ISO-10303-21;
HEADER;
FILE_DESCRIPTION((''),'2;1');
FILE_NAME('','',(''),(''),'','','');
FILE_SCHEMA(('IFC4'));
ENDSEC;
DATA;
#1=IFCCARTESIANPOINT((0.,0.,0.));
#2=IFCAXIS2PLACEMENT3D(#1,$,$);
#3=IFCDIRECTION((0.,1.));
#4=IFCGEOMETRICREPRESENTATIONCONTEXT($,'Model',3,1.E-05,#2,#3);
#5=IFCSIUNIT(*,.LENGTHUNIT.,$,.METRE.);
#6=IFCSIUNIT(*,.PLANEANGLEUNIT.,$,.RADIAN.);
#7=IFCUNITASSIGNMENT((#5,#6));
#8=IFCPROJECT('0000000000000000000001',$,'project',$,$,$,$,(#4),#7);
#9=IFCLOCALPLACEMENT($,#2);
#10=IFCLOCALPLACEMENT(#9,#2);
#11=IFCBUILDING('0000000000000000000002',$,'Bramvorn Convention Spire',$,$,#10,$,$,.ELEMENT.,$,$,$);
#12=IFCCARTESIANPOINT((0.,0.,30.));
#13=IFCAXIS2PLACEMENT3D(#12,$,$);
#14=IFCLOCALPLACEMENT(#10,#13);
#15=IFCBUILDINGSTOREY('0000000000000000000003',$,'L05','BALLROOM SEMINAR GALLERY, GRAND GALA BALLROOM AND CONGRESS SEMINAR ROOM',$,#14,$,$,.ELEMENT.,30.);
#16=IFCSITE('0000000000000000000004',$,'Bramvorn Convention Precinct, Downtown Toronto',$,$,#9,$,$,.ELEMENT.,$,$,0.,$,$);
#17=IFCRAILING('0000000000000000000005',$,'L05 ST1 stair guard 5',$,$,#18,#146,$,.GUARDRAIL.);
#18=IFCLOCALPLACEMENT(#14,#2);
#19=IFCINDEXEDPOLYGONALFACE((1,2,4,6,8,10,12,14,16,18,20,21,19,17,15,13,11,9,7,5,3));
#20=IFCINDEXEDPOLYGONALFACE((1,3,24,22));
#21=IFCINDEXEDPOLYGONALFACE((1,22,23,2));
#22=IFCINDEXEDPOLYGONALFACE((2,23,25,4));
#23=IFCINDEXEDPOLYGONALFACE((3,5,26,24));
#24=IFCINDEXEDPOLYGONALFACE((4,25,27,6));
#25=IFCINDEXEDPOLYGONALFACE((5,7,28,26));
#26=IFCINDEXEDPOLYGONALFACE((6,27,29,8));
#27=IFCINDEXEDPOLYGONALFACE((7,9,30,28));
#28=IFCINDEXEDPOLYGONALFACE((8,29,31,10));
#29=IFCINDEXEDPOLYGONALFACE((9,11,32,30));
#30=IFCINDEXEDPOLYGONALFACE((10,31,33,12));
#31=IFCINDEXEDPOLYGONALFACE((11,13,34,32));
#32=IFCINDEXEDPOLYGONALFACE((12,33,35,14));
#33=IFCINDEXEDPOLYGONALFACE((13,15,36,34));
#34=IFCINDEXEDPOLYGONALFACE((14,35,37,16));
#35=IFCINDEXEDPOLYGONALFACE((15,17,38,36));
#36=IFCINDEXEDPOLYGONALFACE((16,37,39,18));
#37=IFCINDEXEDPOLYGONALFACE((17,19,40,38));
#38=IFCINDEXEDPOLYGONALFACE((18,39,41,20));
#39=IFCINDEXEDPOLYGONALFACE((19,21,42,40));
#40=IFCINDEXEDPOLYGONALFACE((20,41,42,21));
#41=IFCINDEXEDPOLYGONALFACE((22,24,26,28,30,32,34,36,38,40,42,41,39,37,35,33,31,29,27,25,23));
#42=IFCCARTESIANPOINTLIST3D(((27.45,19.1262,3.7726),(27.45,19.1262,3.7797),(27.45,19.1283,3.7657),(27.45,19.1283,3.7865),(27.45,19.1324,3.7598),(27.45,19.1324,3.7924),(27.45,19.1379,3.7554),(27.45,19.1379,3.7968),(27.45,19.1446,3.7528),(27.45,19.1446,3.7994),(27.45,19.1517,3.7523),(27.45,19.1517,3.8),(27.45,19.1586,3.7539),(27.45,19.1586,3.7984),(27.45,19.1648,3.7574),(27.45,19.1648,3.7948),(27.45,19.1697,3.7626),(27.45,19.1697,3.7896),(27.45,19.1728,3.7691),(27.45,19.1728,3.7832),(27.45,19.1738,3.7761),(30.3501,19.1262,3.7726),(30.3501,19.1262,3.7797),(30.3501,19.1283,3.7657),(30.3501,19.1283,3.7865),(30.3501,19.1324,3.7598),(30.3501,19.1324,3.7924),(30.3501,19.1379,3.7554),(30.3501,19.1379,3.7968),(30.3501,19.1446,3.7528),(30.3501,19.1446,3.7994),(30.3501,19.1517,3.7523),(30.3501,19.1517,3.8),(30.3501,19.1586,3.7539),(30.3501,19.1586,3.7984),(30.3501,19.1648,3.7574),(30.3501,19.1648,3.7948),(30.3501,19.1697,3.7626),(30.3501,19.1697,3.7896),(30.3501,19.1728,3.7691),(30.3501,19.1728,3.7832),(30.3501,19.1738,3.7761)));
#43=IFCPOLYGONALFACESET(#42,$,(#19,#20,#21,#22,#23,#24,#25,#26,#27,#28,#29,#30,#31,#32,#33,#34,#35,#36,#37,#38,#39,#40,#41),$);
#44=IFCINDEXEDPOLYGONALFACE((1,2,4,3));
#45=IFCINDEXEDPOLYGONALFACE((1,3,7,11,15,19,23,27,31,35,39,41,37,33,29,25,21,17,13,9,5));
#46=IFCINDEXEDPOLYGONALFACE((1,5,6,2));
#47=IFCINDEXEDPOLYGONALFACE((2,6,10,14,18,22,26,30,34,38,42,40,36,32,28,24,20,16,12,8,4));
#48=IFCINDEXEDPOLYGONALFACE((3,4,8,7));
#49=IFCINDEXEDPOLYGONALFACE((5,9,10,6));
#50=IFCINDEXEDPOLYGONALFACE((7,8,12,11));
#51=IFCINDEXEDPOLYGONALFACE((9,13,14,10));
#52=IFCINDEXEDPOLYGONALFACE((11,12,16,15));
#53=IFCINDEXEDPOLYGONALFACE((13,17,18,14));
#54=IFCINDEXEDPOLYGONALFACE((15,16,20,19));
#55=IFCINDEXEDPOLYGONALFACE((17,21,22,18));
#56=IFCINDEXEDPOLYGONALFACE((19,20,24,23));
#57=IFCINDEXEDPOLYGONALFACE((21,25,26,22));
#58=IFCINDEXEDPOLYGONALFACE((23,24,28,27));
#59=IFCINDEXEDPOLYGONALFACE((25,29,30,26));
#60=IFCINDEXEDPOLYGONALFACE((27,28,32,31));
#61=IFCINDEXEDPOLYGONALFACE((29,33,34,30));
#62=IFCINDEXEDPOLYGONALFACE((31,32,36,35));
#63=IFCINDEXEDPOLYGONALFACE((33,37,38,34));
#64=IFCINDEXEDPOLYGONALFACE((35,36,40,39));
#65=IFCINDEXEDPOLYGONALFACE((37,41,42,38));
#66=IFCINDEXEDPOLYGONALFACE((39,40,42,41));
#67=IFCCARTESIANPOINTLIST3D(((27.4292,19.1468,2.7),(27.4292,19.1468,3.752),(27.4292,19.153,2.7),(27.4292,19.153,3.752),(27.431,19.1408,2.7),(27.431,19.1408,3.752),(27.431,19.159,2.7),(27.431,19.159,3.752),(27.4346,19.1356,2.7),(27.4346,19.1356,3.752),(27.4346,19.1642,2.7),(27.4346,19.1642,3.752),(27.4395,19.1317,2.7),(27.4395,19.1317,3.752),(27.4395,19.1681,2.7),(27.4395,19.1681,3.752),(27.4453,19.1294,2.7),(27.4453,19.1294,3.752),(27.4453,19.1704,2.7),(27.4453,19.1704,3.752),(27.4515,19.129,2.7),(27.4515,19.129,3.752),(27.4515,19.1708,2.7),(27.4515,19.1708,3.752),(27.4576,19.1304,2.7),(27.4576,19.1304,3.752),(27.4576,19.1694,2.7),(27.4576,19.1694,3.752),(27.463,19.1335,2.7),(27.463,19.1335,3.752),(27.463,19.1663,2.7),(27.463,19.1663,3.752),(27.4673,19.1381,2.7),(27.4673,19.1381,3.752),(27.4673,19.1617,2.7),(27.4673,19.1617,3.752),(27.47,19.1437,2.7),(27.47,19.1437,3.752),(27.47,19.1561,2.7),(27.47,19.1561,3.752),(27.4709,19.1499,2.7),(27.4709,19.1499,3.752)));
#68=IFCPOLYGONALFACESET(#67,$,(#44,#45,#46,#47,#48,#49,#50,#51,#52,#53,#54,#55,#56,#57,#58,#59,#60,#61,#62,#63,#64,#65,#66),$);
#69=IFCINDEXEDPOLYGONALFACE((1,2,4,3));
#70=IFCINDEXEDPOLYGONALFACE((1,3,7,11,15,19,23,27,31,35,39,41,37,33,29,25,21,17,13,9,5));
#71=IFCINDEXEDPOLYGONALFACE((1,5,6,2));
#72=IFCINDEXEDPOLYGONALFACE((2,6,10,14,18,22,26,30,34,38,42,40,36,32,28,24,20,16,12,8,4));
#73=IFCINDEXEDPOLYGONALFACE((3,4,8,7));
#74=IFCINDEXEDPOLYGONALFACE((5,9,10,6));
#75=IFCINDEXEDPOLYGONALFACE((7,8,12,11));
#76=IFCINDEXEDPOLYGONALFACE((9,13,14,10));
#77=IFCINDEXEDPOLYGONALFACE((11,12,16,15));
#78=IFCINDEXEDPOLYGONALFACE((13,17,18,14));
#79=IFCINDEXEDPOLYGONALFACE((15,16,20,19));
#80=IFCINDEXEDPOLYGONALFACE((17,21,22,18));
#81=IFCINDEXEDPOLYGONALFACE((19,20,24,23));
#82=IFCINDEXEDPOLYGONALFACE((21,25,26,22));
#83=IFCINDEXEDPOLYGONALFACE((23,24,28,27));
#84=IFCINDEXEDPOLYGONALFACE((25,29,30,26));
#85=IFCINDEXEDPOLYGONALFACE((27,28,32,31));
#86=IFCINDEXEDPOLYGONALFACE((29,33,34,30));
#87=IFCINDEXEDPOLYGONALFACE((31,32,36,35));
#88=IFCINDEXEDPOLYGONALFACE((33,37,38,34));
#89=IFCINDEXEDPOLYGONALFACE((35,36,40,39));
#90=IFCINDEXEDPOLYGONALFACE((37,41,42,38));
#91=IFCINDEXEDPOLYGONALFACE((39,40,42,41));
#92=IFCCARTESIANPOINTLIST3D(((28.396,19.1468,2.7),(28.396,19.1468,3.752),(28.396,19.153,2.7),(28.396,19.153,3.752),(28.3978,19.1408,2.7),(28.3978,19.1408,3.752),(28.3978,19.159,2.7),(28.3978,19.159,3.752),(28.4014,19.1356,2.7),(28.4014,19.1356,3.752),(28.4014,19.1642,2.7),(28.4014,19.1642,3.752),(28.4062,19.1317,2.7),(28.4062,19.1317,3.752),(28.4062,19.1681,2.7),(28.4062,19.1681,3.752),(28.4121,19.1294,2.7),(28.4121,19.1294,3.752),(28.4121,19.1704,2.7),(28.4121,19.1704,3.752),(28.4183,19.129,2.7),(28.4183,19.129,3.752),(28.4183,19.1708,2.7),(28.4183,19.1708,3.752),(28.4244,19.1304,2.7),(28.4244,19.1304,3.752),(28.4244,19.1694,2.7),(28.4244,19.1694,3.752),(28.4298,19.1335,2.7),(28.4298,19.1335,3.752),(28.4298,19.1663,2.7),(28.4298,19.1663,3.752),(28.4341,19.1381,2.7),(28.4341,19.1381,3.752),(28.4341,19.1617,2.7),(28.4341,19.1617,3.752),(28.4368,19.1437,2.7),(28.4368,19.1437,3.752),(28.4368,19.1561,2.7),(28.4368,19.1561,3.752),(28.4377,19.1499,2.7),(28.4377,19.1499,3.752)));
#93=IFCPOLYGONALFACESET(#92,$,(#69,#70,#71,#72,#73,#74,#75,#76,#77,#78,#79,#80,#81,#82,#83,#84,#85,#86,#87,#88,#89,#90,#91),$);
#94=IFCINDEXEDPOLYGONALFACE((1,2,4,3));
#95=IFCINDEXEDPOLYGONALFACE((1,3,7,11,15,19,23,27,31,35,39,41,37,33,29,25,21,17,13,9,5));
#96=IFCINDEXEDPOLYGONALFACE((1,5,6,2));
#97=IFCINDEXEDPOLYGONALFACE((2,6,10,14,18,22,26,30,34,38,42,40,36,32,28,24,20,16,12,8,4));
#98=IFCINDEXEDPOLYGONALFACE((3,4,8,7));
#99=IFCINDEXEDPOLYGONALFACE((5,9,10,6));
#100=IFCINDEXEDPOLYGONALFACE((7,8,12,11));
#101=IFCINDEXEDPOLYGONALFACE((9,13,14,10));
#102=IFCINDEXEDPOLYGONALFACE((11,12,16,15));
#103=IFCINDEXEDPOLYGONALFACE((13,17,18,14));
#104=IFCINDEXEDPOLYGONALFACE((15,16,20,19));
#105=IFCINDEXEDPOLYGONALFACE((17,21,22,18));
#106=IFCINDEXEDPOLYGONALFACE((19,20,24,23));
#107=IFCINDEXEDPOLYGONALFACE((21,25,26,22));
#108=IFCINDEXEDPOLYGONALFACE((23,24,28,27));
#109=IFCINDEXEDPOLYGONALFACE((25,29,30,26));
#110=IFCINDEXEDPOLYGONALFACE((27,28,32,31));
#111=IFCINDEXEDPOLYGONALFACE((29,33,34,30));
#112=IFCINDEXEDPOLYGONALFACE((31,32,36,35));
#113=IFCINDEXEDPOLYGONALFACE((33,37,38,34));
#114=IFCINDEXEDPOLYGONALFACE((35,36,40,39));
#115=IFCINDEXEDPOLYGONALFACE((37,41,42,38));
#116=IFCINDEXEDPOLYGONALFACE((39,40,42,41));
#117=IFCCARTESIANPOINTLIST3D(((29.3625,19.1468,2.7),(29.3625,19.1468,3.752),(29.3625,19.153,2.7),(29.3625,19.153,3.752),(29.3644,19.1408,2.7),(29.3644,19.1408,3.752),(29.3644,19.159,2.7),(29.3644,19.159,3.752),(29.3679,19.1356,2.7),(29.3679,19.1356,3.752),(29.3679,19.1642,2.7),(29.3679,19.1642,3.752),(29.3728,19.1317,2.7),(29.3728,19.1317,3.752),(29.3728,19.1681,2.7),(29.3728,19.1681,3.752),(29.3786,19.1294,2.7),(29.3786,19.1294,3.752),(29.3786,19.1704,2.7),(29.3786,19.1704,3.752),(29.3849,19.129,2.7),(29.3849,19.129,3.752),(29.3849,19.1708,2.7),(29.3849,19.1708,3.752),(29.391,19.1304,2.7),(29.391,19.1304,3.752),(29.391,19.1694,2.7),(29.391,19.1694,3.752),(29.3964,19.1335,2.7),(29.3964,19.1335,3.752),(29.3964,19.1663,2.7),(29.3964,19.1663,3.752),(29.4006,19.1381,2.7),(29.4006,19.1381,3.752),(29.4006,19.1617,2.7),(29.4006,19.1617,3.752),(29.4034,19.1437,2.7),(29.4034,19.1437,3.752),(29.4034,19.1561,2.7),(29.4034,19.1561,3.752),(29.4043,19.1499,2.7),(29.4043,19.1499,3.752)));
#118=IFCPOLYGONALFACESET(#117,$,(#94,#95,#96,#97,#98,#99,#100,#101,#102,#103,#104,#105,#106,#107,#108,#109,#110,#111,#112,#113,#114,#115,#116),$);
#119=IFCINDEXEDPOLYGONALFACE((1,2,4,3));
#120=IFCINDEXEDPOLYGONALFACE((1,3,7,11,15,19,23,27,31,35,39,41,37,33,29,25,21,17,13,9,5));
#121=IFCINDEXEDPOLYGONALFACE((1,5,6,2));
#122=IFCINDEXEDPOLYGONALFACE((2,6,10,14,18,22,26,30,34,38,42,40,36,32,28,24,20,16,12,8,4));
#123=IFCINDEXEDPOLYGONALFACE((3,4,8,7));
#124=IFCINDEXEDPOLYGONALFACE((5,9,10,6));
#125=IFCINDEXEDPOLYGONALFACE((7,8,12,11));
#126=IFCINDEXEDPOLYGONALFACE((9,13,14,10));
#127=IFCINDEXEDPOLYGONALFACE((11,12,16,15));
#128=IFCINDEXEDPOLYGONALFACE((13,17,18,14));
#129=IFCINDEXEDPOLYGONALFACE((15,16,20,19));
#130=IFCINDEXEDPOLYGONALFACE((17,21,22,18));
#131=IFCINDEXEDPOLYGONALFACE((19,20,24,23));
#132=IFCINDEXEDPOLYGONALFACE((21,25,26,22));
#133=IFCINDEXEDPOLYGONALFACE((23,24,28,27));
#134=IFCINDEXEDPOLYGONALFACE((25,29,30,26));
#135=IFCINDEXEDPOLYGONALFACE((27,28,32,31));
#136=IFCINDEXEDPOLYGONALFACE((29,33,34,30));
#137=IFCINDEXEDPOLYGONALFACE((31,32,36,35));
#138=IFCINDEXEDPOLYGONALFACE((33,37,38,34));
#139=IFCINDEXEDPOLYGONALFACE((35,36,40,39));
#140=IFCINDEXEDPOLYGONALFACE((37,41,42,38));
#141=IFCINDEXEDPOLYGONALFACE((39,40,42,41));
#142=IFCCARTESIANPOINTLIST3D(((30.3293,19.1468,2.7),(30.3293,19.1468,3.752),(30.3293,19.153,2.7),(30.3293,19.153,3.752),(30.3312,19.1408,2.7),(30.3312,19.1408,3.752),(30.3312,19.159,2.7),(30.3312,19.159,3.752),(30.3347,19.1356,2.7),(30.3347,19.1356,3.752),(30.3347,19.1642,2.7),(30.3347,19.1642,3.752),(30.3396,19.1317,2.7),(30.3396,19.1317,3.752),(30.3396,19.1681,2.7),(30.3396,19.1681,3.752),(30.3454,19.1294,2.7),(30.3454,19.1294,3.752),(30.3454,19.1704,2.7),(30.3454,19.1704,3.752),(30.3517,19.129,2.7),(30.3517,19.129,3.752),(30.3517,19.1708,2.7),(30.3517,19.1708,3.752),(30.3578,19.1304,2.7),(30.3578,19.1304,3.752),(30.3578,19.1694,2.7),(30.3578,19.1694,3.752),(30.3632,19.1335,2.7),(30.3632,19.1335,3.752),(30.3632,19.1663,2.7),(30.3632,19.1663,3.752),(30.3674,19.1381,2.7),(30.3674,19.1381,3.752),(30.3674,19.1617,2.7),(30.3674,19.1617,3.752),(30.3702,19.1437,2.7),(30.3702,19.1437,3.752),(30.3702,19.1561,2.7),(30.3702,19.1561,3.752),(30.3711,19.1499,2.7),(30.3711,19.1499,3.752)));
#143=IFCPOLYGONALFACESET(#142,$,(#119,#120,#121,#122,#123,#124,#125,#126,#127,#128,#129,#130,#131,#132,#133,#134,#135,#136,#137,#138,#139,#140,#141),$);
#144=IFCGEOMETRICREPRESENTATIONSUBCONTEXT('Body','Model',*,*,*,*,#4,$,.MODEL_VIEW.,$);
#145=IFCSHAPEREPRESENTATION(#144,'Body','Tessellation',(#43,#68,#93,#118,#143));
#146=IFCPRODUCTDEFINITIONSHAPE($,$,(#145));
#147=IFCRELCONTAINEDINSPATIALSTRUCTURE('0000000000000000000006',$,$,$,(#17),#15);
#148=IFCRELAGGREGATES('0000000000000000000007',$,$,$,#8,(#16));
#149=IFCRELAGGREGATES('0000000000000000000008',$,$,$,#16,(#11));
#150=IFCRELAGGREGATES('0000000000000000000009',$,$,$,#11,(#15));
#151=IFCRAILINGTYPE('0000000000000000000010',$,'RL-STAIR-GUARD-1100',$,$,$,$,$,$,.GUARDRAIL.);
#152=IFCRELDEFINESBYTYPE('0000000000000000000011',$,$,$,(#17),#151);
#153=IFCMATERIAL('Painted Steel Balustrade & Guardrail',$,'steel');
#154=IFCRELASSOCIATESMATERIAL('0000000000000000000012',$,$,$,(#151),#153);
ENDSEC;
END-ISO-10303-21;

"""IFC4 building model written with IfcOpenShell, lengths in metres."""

from ifc_helpers import new_model, si_unit, direction, frame, origin, origin_2d, place, context, subcontext, project, spatial, circle, extrude, material, type_object, element, save


model = new_model("IFC4")

# Units and contexts
model_context = context("Model", 3, precision=1e-05, world=origin(), true_north=direction((0.0, 1.0)))
body_context = subcontext(model_context, "Body", "Model", "MODEL_VIEW")
ifc_project = project(units=[si_unit("LENGTHUNIT", "METRE"), si_unit("PLANEANGLEUNIT", "RADIAN")], contexts=[model_context])

# Site, building, storey
site_placement = place(None, origin())
site = spatial("IfcSite", under=ifc_project, at=site_placement, Name="Bramvorn Convention Precinct, Downtown Toronto", CompositionType="ELEMENT", RefElevation=0.0)
building_placement = place(site_placement, origin())
building = spatial("IfcBuilding", under=site, at=building_placement, Name="Bramvorn Convention Spire", CompositionType="ELEMENT")
storey_placement = place(building_placement, frame((0.0, 0.0, 30.0)))
storey = spatial("IfcBuildingStorey", under=building, at=storey_placement, Name="L05", Description="BALLROOM SEMINAR GALLERY, GRAND GALA BALLROOM AND CONGRESS SEMINAR ROOM", CompositionType="ELEMENT", Elevation=30.0)

# Railing
ifc_material_1 = material(Name="Painted Steel Balustrade & Guardrail", Category="steel")
railing_type_1 = type_object("IfcRailingType", Name="RL-STAIR-GUARD-1100", PredefinedType="GUARDRAIL", material=ifc_material_1)
railing_1_placement = place(storey_placement, frame((27.45, 19.1499, 2.7)))
element("IfcRailing", 1, at=railing_1_placement, inside=storey, type_object=railing_type_1, Name="L05 ST1 stair guard 5", PredefinedType="GUARDRAIL", context=body_context, shape_type="SweptSolid", body=[
    extrude(circle(Radius=0.0239, at=origin_2d()), frame((0.0, 0.0, 1.0762), z_axis=(1.0, 0.0, 0.0), x_axis=(0.0, 1.0, 0.0)), (0.0, 0.0, 1.0), 2.9001),
    extrude(circle(Radius=0.021, at=origin_2d()), origin(), (0.0, 0.0, 1.0), 1.052),
    extrude(circle(Radius=0.021, at=origin_2d()), frame((0.9668, 0.0, 0.0)), (0.0, 0.0, 1.0), 1.052),
    extrude(circle(Radius=0.021, at=origin_2d()), frame((1.9333, 0.0, 0.0)), (0.0, 0.0, 1.0), 1.052),
    extrude(circle(Radius=0.021, at=origin_2d()), frame((2.9001, 0.0, 0.0)), (0.0, 0.0, 1.0), 1.052),
])

save(model, "model.ifc")
